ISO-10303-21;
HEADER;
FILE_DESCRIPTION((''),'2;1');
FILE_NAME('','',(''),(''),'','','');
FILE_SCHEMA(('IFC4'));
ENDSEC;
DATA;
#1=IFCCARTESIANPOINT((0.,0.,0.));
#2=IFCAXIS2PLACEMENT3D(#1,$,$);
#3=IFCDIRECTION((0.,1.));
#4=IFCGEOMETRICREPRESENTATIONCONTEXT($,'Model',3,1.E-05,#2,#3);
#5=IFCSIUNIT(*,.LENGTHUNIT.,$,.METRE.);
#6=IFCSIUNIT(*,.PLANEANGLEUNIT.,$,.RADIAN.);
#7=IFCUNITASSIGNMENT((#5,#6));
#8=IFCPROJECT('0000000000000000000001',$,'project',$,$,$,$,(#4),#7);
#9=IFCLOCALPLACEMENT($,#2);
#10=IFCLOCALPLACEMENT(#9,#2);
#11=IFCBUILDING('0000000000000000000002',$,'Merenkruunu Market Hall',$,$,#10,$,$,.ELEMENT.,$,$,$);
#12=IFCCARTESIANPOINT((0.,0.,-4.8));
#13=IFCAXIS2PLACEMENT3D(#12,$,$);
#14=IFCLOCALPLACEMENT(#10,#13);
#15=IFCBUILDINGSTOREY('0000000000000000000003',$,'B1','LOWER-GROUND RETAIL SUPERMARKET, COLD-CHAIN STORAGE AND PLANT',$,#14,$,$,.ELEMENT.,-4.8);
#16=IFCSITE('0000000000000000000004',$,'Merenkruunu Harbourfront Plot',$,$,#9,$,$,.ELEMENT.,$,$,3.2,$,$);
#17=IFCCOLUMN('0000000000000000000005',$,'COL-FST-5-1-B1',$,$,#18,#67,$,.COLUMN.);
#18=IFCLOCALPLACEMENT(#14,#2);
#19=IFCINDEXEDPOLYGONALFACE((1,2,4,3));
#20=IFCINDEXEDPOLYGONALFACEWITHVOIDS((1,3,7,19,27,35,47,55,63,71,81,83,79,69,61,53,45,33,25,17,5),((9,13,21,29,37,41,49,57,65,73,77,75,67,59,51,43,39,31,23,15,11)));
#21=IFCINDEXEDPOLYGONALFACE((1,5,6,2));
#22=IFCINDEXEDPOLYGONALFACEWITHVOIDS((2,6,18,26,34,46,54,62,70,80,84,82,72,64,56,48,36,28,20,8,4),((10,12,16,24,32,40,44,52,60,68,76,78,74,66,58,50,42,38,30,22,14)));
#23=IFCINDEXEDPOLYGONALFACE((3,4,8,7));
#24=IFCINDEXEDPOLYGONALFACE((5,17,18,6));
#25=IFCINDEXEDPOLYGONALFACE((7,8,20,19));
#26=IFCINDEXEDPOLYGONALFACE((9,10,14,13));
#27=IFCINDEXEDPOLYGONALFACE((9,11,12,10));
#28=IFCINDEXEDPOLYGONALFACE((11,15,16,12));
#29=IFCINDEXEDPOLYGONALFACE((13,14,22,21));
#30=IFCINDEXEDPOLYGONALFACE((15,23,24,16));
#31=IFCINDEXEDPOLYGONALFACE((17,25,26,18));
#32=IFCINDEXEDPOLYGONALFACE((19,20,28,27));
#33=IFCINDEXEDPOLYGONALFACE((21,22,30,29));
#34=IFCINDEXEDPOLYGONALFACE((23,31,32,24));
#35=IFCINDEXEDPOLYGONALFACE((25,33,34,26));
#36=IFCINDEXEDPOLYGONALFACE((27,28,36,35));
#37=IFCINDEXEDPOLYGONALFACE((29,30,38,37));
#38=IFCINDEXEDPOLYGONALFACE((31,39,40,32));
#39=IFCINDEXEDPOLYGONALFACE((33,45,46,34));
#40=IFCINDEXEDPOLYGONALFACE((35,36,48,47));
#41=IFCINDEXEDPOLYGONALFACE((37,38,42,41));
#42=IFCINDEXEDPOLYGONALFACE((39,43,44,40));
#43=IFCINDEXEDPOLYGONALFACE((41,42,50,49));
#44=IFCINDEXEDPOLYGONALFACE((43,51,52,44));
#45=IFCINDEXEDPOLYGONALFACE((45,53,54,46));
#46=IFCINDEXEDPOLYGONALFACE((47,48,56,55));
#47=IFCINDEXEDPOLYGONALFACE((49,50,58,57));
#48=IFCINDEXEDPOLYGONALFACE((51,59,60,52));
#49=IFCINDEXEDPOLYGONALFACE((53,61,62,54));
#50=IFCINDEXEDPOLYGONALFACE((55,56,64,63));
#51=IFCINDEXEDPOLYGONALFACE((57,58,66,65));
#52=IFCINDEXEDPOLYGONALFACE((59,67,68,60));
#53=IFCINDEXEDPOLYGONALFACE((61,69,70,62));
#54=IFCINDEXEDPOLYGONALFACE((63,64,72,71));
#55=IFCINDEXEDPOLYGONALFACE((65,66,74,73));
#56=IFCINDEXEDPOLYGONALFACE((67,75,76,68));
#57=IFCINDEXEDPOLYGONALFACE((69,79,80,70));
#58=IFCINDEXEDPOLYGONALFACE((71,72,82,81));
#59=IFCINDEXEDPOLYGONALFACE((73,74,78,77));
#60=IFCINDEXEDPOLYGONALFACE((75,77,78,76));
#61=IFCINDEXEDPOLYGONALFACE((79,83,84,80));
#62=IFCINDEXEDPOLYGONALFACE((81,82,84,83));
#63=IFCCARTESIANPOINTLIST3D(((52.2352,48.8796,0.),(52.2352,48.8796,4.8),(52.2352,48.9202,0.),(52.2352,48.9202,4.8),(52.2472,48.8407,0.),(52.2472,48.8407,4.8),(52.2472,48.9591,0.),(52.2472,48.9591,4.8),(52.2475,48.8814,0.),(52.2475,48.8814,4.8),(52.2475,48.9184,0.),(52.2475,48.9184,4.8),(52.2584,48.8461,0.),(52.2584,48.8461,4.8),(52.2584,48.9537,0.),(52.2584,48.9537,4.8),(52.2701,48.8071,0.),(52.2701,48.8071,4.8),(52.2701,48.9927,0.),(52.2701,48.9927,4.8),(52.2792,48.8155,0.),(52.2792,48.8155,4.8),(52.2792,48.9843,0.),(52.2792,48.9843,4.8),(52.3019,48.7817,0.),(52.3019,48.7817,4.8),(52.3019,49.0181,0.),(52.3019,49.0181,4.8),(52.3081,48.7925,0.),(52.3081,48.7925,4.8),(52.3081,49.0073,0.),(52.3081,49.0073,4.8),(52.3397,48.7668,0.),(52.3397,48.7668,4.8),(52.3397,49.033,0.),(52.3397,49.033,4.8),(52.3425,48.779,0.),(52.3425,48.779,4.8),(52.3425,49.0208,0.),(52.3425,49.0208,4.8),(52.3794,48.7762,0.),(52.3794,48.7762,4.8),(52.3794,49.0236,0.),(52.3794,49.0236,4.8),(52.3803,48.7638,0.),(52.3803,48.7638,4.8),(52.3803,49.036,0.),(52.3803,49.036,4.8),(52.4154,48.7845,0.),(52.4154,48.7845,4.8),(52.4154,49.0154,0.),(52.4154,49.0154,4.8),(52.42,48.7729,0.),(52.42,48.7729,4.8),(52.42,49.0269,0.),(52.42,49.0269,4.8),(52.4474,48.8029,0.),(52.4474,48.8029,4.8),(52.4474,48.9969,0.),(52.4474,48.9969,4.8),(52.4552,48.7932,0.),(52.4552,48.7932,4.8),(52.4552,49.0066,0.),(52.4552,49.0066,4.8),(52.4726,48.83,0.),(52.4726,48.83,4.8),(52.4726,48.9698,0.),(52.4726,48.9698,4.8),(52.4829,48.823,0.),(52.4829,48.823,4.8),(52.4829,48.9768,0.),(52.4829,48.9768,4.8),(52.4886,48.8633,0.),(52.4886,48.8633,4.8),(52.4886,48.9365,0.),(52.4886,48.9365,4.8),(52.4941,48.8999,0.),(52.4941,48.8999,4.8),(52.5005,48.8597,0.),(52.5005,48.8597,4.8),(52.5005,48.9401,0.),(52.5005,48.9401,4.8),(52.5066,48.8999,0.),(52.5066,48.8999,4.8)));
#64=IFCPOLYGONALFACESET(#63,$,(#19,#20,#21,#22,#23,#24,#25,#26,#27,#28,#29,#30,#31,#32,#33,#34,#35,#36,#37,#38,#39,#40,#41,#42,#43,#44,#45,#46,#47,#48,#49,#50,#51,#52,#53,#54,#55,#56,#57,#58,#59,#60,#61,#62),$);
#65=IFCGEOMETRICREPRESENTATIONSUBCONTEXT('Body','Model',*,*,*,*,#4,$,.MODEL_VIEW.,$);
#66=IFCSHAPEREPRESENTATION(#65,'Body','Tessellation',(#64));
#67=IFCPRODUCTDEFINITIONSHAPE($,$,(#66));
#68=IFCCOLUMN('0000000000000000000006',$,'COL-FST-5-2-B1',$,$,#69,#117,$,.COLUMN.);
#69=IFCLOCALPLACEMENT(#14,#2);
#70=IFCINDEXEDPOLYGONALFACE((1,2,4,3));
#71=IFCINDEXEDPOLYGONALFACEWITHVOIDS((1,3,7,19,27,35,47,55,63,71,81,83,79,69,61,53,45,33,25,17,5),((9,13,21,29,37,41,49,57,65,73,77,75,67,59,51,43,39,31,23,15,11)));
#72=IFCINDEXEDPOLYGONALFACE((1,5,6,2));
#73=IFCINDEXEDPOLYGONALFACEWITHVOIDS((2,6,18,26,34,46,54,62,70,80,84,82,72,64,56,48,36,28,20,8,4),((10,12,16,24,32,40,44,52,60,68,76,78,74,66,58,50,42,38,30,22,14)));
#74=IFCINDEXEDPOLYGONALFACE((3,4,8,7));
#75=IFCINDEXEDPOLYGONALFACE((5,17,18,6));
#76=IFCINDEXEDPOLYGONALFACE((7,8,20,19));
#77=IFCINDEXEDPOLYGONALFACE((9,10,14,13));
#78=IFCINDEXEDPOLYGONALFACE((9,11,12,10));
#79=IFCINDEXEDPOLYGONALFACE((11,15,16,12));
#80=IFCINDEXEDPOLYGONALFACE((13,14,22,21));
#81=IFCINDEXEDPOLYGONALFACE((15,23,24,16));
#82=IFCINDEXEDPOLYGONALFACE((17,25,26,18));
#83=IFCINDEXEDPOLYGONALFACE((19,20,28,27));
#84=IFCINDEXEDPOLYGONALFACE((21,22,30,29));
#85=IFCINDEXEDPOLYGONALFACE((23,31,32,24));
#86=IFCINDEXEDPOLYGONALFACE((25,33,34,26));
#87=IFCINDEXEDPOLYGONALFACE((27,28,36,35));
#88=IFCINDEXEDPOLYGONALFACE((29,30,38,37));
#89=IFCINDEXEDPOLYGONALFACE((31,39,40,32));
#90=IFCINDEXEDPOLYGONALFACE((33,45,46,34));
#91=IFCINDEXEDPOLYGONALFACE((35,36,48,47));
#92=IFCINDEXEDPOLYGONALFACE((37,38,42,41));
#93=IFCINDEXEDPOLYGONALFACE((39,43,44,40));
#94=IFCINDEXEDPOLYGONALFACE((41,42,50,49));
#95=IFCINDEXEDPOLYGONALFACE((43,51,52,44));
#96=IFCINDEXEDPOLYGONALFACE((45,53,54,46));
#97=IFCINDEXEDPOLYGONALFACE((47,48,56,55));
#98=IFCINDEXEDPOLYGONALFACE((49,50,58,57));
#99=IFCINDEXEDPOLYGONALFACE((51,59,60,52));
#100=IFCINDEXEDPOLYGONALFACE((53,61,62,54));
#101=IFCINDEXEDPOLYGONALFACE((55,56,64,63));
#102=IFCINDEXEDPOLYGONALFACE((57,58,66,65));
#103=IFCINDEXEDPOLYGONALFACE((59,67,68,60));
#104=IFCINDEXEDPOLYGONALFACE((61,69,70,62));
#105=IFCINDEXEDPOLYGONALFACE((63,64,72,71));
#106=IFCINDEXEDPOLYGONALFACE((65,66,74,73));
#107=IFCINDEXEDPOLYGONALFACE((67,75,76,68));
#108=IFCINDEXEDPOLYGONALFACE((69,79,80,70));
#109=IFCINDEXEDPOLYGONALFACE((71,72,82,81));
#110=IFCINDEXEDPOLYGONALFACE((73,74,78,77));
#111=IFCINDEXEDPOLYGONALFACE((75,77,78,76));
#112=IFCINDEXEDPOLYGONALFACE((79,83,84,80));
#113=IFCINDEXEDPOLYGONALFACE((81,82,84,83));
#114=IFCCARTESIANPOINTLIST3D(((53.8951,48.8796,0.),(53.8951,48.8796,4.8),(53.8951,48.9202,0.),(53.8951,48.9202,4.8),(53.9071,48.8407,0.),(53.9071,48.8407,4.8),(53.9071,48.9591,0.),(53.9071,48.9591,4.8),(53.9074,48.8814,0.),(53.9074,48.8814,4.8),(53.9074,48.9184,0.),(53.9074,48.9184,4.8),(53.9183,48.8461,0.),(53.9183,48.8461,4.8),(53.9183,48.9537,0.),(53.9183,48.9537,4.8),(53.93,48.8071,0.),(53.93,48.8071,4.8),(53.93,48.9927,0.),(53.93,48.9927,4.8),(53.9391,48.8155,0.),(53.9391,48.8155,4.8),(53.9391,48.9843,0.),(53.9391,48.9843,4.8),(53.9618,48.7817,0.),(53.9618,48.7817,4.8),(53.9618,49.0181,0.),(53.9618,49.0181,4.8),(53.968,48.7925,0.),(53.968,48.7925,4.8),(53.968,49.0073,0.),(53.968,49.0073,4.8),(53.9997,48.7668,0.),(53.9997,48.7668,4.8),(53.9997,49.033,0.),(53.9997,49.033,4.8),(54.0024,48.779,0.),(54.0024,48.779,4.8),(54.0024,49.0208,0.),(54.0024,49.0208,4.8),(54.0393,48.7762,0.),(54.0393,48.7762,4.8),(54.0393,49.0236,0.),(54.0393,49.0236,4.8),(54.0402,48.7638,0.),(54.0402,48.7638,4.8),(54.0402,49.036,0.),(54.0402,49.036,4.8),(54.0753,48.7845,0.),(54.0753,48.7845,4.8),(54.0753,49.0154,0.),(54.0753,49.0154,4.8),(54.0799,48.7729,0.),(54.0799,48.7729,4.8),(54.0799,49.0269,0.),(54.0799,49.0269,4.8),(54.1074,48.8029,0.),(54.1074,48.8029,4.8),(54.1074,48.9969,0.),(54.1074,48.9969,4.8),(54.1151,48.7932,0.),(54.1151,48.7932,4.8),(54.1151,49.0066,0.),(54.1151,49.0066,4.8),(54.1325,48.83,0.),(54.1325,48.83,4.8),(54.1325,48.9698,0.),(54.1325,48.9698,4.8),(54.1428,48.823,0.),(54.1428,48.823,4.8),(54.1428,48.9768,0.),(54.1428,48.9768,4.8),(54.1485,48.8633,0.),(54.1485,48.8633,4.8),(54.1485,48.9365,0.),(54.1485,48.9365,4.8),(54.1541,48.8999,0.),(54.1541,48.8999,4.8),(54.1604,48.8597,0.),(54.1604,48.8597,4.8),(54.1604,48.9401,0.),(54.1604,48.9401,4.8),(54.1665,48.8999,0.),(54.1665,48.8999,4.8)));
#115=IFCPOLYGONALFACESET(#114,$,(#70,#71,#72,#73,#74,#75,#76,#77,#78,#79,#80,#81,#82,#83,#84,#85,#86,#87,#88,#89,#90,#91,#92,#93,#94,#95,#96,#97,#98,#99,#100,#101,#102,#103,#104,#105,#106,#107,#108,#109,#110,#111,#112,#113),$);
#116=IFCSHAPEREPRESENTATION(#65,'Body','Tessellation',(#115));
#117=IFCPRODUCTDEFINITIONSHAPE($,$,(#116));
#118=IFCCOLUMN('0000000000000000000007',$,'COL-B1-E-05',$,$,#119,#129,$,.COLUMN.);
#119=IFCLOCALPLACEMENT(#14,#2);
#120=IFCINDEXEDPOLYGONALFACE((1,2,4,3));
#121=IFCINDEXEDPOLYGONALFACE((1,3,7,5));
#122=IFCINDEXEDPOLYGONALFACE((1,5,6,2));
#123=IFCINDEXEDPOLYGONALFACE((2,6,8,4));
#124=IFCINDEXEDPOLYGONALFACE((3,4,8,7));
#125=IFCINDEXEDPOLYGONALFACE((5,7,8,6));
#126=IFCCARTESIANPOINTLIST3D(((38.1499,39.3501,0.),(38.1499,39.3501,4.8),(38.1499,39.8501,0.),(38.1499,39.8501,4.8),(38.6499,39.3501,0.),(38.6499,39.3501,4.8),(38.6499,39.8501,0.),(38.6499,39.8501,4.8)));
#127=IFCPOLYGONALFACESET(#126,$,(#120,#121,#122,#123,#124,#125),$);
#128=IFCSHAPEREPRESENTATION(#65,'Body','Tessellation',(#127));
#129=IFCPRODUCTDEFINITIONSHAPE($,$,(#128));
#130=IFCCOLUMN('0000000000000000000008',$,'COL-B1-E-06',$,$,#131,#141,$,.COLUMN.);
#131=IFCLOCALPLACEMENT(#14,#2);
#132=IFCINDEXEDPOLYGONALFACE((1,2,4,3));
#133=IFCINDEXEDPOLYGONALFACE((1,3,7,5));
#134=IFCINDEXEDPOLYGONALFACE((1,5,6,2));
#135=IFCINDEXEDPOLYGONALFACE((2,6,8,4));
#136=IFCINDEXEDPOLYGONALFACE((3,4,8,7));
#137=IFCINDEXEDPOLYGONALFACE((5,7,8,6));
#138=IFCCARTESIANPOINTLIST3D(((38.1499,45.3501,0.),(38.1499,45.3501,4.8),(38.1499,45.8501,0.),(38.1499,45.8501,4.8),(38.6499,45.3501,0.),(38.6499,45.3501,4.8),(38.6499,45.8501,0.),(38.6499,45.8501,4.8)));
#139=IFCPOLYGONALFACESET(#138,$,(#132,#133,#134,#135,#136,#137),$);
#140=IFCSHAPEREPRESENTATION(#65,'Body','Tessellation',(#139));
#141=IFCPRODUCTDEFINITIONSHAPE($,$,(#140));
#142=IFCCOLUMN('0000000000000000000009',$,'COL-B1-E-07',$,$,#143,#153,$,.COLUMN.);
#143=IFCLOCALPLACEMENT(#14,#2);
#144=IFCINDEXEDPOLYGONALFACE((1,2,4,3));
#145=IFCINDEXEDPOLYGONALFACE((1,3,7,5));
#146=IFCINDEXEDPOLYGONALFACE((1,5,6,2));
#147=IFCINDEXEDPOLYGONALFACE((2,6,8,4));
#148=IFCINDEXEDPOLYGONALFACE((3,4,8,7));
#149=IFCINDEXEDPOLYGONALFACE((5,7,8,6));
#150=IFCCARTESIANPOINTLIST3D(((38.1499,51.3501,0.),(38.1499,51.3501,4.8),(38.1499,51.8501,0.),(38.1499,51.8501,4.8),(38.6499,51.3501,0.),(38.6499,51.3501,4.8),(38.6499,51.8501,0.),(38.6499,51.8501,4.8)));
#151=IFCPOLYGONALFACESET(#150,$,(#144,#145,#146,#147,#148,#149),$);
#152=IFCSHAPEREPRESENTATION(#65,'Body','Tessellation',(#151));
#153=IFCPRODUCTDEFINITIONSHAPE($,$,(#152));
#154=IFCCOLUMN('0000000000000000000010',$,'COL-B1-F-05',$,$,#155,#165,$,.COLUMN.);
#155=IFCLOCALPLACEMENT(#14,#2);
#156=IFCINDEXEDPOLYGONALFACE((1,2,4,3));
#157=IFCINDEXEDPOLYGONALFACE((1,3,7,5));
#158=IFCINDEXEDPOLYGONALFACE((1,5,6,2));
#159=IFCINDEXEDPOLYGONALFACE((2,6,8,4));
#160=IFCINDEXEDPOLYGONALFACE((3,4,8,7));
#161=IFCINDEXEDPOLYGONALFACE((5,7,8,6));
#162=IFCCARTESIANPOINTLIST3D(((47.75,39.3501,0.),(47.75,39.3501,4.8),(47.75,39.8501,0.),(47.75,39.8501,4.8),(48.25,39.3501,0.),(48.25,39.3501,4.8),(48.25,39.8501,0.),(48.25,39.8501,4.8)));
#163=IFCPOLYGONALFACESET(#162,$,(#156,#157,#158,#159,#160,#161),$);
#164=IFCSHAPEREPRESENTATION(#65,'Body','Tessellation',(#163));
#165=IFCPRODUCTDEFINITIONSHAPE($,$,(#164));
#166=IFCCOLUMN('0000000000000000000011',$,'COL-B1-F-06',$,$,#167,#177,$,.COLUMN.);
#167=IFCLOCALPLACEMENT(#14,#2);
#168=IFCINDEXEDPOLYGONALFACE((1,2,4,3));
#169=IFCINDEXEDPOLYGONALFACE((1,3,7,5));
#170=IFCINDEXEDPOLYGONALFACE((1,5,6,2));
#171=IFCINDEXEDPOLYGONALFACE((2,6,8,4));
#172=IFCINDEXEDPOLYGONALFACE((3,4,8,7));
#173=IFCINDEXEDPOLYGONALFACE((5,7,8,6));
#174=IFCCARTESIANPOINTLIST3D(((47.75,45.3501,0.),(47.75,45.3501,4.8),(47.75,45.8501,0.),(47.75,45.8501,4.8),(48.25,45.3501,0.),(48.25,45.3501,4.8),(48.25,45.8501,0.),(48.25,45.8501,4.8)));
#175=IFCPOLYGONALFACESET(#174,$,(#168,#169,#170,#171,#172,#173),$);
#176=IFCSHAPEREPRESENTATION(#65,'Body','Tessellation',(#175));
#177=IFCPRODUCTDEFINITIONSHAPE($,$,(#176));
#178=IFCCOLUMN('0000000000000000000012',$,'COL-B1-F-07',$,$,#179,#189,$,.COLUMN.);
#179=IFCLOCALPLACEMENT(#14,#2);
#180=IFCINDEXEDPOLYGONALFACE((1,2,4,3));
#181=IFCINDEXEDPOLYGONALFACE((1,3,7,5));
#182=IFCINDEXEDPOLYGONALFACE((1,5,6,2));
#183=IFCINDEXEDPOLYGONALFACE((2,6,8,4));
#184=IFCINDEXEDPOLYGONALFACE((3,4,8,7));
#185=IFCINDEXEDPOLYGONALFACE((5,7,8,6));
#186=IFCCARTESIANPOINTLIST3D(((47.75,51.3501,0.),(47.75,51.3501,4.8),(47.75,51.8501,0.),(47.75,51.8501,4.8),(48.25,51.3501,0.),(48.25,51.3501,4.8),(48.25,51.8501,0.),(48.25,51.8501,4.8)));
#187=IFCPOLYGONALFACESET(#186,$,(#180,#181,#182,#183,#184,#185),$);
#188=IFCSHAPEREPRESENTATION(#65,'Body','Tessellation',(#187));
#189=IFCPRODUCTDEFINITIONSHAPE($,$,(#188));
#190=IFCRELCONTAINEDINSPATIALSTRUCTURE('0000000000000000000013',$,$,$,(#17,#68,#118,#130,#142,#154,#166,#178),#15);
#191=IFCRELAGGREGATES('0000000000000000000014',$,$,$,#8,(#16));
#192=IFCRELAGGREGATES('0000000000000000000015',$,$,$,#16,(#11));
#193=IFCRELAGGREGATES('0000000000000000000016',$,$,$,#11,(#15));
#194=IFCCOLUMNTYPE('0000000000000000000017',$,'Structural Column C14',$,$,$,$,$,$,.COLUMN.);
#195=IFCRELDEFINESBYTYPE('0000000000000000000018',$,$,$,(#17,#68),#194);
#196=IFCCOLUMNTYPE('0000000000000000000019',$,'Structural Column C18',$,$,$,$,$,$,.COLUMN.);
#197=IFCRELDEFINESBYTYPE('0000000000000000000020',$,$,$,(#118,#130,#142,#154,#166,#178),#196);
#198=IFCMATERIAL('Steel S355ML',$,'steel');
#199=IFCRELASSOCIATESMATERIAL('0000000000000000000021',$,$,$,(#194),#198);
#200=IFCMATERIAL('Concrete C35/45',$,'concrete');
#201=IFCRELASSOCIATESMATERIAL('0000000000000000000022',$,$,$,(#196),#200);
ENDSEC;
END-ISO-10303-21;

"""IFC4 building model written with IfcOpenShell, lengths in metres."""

from ifc_helpers import new_model, si_unit, direction, frame, origin, origin_2d, place, context, subcontext, project, spatial, rectangle, hollow_circle, extrude, material, material_profile, profile_set, type_object, element, save


model = new_model("IFC4")

# Units and contexts
model_context = context("Model", 3, precision=1e-05, world=origin(), true_north=direction((0.0, 1.0)))
body_context = subcontext(model_context, "Body", "Model", "MODEL_VIEW")
ifc_project = project(units=[si_unit("LENGTHUNIT", "METRE"), si_unit("PLANEANGLEUNIT", "RADIAN")], contexts=[model_context])

# Site, building, storey
site_placement = place(None, origin())
site = spatial("IfcSite", under=ifc_project, at=site_placement, Name="Merenkruunu Harbourfront Plot", CompositionType="ELEMENT", RefElevation=3.2)
building_placement = place(site_placement, origin())
building = spatial("IfcBuilding", under=site, at=building_placement, Name="Merenkruunu Market Hall", CompositionType="ELEMENT")
storey_placement = place(building_placement, frame((0.0, 0.0, -4.8)))
storey = spatial("IfcBuildingStorey", under=building, at=storey_placement, Name="B1", Description="LOWER-GROUND RETAIL SUPERMARKET, COLD-CHAIN STORAGE AND PLANT", CompositionType="ELEMENT", Elevation=-4.8)

# Shared definitions
ifc_material_1 = material(Name="Concrete C35/45", Category="concrete")

# Columns
ifc_material_2 = material(Name="Steel S355ML", Category="steel")
ifc_material_profile_1 = material_profile(ifc_material_2, hollow_circle(Radius=0.1365, WallThickness=0.0125, at=origin_2d()), Name="CHS 273x12.5")
ifc_profile_set_1 = profile_set([ifc_material_profile_1], Name="Steel S355ML")
column_type_1 = type_object("IfcColumnType", Name="Structural Column C14", PredefinedType="COLUMN", material=ifc_profile_set_1)
for number, where, z_axis, x_axis, name in (
    (1, (52.3701, 48.8999, 0.0), (0.0, 0.0, 1.0), (1.0, 0.0, 0.0), "COL-FST-5-1-B1"),
    (2, (54.03, 48.8999, 0.0), (0.0, 0.0, 1.0), (1.0, 0.0, 0.0), "COL-FST-5-2-B1"),
):
    element("IfcColumn", number, at=place(storey_placement, frame(where, z_axis=z_axis, x_axis=x_axis)), inside=storey, type_object=column_type_1, Name=name, PredefinedType="COLUMN", context=body_context, shape_type="SweptSolid", body=[
        extrude(hollow_circle(Radius=0.1365, WallThickness=0.0125, at=origin_2d()), origin(), (0.0, 0.0, 1.0), 4.8),
    ])
ifc_material_profile_2 = material_profile(ifc_material_1, rectangle(XDim=0.5, YDim=0.5, at=origin_2d()), Name="RC 500x500")
ifc_profile_set_2 = profile_set([ifc_material_profile_2], Name="Concrete C35/45")
column_type_2 = type_object("IfcColumnType", Name="Structural Column C18", PredefinedType="COLUMN", material=ifc_profile_set_2)
for number, where, z_axis, x_axis, name in (
    (3, (38.3999, 39.6001, 0.0), (0.0, 0.0, 1.0), (1.0, 0.0, 0.0), "COL-B1-E-05"),
    (4, (38.3999, 45.6001, 0.0), (0.0, 0.0, 1.0), (1.0, 0.0, 0.0), "COL-B1-E-06"),
    (5, (38.3999, 51.6001, 0.0), (0.0, 0.0, 1.0), (1.0, 0.0, 0.0), "COL-B1-E-07"),
    (6, (48.0, 39.6001, 0.0), (0.0, 0.0, 1.0), (1.0, 0.0, 0.0), "COL-B1-F-05"),
    (7, (48.0, 45.6001, 0.0), (0.0, 0.0, 1.0), (1.0, 0.0, 0.0), "COL-B1-F-06"),
    (8, (48.0, 51.6001, 0.0), (0.0, 0.0, 1.0), (1.0, 0.0, 0.0), "COL-B1-F-07"),
):
    element("IfcColumn", number, at=place(storey_placement, frame(where, z_axis=z_axis, x_axis=x_axis)), inside=storey, type_object=column_type_2, Name=name, PredefinedType="COLUMN", context=body_context, shape_type="SweptSolid", body=[
        extrude(rectangle(XDim=0.5, YDim=0.5, at=origin_2d()), origin(), (0.0, 0.0, 1.0), 4.8),
    ])

save(model, "model.ifc")
